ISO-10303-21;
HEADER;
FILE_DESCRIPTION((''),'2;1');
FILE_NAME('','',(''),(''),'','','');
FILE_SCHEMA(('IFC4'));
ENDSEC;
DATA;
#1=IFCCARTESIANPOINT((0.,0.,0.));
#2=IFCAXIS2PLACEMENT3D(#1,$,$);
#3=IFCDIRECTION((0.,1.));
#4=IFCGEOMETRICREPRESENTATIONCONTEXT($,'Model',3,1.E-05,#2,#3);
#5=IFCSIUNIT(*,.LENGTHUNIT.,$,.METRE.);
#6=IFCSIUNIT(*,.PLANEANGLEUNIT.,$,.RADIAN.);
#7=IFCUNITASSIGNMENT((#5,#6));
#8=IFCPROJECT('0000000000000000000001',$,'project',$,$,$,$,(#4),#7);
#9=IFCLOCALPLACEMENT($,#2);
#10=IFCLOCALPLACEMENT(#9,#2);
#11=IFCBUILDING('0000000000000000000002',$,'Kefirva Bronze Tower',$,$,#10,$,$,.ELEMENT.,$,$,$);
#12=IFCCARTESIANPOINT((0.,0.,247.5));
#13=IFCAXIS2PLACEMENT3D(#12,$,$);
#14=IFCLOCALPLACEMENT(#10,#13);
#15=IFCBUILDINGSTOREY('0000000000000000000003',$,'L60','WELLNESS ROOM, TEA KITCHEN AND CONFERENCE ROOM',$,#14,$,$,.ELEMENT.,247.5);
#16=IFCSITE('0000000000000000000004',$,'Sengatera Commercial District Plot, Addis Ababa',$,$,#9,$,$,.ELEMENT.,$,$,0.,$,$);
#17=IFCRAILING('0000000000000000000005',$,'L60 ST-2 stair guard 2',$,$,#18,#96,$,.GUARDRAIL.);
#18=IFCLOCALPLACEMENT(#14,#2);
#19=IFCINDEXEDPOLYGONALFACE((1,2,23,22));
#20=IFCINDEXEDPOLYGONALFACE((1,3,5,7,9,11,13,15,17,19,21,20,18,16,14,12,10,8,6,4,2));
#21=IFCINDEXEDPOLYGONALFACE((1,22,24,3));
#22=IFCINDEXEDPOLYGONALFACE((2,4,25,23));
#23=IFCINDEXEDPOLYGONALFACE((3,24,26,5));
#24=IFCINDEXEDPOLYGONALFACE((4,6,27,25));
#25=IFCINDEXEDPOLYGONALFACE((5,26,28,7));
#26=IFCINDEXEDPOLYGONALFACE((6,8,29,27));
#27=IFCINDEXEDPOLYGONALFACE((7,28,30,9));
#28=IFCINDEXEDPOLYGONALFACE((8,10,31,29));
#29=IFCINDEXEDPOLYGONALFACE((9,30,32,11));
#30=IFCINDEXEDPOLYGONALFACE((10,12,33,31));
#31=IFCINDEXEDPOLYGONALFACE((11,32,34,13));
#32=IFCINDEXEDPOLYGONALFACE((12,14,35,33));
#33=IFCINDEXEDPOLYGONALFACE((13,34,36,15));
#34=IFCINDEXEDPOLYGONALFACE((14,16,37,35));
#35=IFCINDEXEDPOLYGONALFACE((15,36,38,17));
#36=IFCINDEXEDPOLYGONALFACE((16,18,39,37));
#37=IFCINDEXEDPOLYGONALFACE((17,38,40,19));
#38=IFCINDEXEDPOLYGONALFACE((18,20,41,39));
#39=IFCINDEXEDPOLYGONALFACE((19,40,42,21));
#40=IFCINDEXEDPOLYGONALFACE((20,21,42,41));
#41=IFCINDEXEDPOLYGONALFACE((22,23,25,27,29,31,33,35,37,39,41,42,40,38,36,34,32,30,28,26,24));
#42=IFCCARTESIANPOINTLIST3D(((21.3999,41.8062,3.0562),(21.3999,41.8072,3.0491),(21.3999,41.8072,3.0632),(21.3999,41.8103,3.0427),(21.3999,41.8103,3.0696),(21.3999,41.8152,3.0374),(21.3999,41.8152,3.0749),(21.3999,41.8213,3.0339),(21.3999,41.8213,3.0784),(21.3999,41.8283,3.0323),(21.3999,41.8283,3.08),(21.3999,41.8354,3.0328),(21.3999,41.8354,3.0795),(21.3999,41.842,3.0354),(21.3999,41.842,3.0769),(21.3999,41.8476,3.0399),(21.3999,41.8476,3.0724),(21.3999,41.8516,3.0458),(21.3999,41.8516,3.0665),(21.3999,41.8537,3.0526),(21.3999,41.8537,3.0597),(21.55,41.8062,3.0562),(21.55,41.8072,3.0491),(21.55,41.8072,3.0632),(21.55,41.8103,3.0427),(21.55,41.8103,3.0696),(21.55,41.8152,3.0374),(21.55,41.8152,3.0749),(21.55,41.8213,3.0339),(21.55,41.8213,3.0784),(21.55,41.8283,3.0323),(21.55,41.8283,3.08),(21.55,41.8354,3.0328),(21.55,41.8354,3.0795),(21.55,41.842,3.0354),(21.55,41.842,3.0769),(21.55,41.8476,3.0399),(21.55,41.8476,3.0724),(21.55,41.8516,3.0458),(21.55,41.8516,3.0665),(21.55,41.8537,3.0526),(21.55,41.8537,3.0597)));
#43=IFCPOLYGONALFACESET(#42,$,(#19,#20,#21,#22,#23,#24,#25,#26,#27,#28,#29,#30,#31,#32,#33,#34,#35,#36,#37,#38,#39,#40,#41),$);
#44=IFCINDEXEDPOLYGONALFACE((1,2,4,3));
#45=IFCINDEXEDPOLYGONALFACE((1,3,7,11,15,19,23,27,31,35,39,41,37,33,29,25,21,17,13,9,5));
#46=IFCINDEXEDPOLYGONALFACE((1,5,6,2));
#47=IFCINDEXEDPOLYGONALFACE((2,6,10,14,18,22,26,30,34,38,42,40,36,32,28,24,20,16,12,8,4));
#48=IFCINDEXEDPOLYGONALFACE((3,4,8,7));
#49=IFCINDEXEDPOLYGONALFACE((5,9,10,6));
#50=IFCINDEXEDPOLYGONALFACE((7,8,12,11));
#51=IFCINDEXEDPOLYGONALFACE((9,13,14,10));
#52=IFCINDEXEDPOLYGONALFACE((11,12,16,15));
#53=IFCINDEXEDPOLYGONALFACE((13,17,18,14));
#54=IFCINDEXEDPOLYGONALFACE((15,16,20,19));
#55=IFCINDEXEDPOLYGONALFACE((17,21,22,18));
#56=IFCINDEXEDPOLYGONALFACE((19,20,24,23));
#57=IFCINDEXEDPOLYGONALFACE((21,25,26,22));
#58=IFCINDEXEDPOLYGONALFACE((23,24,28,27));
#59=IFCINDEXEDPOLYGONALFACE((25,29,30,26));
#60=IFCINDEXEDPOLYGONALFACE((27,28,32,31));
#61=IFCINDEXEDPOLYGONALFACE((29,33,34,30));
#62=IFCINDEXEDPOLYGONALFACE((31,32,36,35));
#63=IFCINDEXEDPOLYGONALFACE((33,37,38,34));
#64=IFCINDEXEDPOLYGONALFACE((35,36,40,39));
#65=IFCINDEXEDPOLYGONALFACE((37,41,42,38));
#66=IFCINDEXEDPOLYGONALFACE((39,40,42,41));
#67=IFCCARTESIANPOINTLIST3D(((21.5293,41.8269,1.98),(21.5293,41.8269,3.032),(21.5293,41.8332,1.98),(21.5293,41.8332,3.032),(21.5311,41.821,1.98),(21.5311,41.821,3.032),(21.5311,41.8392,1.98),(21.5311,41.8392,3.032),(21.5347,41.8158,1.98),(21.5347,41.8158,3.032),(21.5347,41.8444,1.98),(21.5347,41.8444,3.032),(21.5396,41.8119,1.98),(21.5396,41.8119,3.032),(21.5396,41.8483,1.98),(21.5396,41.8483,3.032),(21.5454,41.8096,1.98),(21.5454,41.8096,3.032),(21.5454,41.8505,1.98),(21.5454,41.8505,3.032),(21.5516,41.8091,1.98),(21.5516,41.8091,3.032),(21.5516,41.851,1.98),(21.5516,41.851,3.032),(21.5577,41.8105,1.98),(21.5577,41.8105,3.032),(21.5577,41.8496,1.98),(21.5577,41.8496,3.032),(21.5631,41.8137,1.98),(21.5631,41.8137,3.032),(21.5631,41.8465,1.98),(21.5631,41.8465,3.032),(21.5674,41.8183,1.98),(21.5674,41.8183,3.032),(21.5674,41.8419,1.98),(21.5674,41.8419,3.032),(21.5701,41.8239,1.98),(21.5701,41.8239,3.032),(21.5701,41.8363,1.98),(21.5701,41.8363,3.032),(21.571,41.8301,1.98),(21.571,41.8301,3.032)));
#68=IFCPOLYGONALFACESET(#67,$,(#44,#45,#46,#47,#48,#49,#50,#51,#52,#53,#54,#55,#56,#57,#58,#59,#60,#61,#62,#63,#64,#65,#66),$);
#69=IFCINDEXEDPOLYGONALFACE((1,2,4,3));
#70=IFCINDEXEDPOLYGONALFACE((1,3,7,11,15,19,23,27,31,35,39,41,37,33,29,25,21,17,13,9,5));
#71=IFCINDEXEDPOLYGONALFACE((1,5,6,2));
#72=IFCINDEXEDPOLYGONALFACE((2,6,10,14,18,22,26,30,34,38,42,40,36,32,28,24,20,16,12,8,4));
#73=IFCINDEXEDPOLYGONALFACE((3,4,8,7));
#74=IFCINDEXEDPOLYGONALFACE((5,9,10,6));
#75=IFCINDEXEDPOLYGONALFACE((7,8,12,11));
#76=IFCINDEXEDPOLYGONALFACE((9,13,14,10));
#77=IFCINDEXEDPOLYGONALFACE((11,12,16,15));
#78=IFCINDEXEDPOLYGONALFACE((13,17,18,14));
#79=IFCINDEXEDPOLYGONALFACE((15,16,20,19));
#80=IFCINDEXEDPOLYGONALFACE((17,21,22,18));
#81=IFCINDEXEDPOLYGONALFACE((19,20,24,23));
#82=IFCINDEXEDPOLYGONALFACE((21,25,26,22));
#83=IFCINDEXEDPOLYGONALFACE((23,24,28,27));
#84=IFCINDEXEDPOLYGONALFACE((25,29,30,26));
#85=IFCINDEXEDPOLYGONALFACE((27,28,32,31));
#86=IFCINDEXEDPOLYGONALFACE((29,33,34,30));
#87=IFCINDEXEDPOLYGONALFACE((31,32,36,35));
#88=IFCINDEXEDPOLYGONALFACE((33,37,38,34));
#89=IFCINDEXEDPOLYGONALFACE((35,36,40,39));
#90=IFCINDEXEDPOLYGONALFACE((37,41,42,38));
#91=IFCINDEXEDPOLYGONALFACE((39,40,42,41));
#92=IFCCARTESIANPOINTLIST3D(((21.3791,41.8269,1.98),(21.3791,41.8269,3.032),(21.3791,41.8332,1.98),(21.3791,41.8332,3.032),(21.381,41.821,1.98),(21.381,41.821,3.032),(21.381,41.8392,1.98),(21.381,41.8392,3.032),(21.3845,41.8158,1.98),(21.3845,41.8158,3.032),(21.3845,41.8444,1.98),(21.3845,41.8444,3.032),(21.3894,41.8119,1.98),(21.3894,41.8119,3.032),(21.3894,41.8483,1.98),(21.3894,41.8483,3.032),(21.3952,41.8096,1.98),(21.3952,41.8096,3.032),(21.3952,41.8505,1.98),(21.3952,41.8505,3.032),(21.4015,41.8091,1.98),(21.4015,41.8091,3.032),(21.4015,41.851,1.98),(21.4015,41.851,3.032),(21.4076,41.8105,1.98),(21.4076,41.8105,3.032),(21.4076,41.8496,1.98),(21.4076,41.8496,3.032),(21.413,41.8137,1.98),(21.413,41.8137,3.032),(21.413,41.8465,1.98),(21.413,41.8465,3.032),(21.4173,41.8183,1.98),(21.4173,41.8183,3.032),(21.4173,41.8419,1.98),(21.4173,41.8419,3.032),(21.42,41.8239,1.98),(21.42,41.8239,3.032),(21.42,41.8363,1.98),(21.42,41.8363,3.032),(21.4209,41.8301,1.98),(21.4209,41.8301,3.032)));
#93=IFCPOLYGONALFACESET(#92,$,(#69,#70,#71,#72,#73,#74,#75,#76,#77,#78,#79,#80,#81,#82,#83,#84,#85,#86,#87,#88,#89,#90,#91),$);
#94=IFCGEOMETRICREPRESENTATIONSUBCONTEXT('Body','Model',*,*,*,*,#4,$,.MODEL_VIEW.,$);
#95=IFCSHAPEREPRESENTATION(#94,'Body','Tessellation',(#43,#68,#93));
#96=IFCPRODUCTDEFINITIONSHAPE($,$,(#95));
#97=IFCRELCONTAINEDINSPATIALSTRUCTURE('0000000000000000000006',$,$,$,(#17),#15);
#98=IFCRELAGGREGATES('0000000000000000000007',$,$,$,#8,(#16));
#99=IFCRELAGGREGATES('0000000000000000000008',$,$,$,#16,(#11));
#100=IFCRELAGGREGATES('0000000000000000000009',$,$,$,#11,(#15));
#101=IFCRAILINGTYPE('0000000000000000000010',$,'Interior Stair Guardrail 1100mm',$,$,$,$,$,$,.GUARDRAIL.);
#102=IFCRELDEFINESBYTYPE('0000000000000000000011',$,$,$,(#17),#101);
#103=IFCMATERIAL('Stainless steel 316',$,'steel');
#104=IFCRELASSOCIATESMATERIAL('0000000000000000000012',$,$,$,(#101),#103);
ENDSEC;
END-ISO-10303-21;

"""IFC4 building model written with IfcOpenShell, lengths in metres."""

from ifc_helpers import new_model, si_unit, direction, frame, origin, origin_2d, place, context, subcontext, project, spatial, circle, extrude, material, type_object, element, save


model = new_model("IFC4")

# Units and contexts
model_context = context("Model", 3, precision=1e-05, world=origin(), true_north=direction((0.0, 1.0)))
body_context = subcontext(model_context, "Body", "Model", "MODEL_VIEW")
ifc_project = project(units=[si_unit("LENGTHUNIT", "METRE"), si_unit("PLANEANGLEUNIT", "RADIAN")], contexts=[model_context])

# Site, building, storey
site_placement = place(None, origin())
site = spatial("IfcSite", under=ifc_project, at=site_placement, Name="Sengatera Commercial District Plot, Addis Ababa", CompositionType="ELEMENT", RefElevation=0.0)
building_placement = place(site_placement, origin())
building = spatial("IfcBuilding", under=site, at=building_placement, Name="Kefirva Bronze Tower", CompositionType="ELEMENT")
storey_placement = place(building_placement, frame((0.0, 0.0, 247.5)))
storey = spatial("IfcBuildingStorey", under=building, at=storey_placement, Name="L60", Description="WELLNESS ROOM, TEA KITCHEN AND CONFERENCE ROOM", CompositionType="ELEMENT", Elevation=247.5)

# Shared definitions
ifc_material_1 = material(Name="Stainless steel 316", Category="steel")

# Railing
railing_type_1 = type_object("IfcRailingType", Name="Interior Stair Guardrail 1100mm", PredefinedType="GUARDRAIL", material=ifc_material_1)
railing_1_placement = place(storey_placement, frame((21.55, 41.8301, 1.98)))
element("IfcRailing", 1, at=railing_1_placement, inside=storey, type_object=railing_type_1, Name="L60 ST-2 stair guard 2", PredefinedType="GUARDRAIL", context=body_context, shape_type="SweptSolid", body=[
    extrude(circle(Radius=0.0239, at=origin_2d()), frame((0.0, 0.0, 1.0762), z_axis=(-1.0, 0.0, 0.0), x_axis=(0.0, -1.0, 0.0)), (0.0, 0.0, 1.0), 0.1501),
    extrude(circle(Radius=0.021, at=origin_2d()), origin(), (0.0, 0.0, 1.0), 1.052),
    extrude(circle(Radius=0.021, at=origin_2d()), frame((-0.1501, 0.0, 0.0)), (0.0, 0.0, 1.0), 1.052),
])

save(model, "model.ifc")
